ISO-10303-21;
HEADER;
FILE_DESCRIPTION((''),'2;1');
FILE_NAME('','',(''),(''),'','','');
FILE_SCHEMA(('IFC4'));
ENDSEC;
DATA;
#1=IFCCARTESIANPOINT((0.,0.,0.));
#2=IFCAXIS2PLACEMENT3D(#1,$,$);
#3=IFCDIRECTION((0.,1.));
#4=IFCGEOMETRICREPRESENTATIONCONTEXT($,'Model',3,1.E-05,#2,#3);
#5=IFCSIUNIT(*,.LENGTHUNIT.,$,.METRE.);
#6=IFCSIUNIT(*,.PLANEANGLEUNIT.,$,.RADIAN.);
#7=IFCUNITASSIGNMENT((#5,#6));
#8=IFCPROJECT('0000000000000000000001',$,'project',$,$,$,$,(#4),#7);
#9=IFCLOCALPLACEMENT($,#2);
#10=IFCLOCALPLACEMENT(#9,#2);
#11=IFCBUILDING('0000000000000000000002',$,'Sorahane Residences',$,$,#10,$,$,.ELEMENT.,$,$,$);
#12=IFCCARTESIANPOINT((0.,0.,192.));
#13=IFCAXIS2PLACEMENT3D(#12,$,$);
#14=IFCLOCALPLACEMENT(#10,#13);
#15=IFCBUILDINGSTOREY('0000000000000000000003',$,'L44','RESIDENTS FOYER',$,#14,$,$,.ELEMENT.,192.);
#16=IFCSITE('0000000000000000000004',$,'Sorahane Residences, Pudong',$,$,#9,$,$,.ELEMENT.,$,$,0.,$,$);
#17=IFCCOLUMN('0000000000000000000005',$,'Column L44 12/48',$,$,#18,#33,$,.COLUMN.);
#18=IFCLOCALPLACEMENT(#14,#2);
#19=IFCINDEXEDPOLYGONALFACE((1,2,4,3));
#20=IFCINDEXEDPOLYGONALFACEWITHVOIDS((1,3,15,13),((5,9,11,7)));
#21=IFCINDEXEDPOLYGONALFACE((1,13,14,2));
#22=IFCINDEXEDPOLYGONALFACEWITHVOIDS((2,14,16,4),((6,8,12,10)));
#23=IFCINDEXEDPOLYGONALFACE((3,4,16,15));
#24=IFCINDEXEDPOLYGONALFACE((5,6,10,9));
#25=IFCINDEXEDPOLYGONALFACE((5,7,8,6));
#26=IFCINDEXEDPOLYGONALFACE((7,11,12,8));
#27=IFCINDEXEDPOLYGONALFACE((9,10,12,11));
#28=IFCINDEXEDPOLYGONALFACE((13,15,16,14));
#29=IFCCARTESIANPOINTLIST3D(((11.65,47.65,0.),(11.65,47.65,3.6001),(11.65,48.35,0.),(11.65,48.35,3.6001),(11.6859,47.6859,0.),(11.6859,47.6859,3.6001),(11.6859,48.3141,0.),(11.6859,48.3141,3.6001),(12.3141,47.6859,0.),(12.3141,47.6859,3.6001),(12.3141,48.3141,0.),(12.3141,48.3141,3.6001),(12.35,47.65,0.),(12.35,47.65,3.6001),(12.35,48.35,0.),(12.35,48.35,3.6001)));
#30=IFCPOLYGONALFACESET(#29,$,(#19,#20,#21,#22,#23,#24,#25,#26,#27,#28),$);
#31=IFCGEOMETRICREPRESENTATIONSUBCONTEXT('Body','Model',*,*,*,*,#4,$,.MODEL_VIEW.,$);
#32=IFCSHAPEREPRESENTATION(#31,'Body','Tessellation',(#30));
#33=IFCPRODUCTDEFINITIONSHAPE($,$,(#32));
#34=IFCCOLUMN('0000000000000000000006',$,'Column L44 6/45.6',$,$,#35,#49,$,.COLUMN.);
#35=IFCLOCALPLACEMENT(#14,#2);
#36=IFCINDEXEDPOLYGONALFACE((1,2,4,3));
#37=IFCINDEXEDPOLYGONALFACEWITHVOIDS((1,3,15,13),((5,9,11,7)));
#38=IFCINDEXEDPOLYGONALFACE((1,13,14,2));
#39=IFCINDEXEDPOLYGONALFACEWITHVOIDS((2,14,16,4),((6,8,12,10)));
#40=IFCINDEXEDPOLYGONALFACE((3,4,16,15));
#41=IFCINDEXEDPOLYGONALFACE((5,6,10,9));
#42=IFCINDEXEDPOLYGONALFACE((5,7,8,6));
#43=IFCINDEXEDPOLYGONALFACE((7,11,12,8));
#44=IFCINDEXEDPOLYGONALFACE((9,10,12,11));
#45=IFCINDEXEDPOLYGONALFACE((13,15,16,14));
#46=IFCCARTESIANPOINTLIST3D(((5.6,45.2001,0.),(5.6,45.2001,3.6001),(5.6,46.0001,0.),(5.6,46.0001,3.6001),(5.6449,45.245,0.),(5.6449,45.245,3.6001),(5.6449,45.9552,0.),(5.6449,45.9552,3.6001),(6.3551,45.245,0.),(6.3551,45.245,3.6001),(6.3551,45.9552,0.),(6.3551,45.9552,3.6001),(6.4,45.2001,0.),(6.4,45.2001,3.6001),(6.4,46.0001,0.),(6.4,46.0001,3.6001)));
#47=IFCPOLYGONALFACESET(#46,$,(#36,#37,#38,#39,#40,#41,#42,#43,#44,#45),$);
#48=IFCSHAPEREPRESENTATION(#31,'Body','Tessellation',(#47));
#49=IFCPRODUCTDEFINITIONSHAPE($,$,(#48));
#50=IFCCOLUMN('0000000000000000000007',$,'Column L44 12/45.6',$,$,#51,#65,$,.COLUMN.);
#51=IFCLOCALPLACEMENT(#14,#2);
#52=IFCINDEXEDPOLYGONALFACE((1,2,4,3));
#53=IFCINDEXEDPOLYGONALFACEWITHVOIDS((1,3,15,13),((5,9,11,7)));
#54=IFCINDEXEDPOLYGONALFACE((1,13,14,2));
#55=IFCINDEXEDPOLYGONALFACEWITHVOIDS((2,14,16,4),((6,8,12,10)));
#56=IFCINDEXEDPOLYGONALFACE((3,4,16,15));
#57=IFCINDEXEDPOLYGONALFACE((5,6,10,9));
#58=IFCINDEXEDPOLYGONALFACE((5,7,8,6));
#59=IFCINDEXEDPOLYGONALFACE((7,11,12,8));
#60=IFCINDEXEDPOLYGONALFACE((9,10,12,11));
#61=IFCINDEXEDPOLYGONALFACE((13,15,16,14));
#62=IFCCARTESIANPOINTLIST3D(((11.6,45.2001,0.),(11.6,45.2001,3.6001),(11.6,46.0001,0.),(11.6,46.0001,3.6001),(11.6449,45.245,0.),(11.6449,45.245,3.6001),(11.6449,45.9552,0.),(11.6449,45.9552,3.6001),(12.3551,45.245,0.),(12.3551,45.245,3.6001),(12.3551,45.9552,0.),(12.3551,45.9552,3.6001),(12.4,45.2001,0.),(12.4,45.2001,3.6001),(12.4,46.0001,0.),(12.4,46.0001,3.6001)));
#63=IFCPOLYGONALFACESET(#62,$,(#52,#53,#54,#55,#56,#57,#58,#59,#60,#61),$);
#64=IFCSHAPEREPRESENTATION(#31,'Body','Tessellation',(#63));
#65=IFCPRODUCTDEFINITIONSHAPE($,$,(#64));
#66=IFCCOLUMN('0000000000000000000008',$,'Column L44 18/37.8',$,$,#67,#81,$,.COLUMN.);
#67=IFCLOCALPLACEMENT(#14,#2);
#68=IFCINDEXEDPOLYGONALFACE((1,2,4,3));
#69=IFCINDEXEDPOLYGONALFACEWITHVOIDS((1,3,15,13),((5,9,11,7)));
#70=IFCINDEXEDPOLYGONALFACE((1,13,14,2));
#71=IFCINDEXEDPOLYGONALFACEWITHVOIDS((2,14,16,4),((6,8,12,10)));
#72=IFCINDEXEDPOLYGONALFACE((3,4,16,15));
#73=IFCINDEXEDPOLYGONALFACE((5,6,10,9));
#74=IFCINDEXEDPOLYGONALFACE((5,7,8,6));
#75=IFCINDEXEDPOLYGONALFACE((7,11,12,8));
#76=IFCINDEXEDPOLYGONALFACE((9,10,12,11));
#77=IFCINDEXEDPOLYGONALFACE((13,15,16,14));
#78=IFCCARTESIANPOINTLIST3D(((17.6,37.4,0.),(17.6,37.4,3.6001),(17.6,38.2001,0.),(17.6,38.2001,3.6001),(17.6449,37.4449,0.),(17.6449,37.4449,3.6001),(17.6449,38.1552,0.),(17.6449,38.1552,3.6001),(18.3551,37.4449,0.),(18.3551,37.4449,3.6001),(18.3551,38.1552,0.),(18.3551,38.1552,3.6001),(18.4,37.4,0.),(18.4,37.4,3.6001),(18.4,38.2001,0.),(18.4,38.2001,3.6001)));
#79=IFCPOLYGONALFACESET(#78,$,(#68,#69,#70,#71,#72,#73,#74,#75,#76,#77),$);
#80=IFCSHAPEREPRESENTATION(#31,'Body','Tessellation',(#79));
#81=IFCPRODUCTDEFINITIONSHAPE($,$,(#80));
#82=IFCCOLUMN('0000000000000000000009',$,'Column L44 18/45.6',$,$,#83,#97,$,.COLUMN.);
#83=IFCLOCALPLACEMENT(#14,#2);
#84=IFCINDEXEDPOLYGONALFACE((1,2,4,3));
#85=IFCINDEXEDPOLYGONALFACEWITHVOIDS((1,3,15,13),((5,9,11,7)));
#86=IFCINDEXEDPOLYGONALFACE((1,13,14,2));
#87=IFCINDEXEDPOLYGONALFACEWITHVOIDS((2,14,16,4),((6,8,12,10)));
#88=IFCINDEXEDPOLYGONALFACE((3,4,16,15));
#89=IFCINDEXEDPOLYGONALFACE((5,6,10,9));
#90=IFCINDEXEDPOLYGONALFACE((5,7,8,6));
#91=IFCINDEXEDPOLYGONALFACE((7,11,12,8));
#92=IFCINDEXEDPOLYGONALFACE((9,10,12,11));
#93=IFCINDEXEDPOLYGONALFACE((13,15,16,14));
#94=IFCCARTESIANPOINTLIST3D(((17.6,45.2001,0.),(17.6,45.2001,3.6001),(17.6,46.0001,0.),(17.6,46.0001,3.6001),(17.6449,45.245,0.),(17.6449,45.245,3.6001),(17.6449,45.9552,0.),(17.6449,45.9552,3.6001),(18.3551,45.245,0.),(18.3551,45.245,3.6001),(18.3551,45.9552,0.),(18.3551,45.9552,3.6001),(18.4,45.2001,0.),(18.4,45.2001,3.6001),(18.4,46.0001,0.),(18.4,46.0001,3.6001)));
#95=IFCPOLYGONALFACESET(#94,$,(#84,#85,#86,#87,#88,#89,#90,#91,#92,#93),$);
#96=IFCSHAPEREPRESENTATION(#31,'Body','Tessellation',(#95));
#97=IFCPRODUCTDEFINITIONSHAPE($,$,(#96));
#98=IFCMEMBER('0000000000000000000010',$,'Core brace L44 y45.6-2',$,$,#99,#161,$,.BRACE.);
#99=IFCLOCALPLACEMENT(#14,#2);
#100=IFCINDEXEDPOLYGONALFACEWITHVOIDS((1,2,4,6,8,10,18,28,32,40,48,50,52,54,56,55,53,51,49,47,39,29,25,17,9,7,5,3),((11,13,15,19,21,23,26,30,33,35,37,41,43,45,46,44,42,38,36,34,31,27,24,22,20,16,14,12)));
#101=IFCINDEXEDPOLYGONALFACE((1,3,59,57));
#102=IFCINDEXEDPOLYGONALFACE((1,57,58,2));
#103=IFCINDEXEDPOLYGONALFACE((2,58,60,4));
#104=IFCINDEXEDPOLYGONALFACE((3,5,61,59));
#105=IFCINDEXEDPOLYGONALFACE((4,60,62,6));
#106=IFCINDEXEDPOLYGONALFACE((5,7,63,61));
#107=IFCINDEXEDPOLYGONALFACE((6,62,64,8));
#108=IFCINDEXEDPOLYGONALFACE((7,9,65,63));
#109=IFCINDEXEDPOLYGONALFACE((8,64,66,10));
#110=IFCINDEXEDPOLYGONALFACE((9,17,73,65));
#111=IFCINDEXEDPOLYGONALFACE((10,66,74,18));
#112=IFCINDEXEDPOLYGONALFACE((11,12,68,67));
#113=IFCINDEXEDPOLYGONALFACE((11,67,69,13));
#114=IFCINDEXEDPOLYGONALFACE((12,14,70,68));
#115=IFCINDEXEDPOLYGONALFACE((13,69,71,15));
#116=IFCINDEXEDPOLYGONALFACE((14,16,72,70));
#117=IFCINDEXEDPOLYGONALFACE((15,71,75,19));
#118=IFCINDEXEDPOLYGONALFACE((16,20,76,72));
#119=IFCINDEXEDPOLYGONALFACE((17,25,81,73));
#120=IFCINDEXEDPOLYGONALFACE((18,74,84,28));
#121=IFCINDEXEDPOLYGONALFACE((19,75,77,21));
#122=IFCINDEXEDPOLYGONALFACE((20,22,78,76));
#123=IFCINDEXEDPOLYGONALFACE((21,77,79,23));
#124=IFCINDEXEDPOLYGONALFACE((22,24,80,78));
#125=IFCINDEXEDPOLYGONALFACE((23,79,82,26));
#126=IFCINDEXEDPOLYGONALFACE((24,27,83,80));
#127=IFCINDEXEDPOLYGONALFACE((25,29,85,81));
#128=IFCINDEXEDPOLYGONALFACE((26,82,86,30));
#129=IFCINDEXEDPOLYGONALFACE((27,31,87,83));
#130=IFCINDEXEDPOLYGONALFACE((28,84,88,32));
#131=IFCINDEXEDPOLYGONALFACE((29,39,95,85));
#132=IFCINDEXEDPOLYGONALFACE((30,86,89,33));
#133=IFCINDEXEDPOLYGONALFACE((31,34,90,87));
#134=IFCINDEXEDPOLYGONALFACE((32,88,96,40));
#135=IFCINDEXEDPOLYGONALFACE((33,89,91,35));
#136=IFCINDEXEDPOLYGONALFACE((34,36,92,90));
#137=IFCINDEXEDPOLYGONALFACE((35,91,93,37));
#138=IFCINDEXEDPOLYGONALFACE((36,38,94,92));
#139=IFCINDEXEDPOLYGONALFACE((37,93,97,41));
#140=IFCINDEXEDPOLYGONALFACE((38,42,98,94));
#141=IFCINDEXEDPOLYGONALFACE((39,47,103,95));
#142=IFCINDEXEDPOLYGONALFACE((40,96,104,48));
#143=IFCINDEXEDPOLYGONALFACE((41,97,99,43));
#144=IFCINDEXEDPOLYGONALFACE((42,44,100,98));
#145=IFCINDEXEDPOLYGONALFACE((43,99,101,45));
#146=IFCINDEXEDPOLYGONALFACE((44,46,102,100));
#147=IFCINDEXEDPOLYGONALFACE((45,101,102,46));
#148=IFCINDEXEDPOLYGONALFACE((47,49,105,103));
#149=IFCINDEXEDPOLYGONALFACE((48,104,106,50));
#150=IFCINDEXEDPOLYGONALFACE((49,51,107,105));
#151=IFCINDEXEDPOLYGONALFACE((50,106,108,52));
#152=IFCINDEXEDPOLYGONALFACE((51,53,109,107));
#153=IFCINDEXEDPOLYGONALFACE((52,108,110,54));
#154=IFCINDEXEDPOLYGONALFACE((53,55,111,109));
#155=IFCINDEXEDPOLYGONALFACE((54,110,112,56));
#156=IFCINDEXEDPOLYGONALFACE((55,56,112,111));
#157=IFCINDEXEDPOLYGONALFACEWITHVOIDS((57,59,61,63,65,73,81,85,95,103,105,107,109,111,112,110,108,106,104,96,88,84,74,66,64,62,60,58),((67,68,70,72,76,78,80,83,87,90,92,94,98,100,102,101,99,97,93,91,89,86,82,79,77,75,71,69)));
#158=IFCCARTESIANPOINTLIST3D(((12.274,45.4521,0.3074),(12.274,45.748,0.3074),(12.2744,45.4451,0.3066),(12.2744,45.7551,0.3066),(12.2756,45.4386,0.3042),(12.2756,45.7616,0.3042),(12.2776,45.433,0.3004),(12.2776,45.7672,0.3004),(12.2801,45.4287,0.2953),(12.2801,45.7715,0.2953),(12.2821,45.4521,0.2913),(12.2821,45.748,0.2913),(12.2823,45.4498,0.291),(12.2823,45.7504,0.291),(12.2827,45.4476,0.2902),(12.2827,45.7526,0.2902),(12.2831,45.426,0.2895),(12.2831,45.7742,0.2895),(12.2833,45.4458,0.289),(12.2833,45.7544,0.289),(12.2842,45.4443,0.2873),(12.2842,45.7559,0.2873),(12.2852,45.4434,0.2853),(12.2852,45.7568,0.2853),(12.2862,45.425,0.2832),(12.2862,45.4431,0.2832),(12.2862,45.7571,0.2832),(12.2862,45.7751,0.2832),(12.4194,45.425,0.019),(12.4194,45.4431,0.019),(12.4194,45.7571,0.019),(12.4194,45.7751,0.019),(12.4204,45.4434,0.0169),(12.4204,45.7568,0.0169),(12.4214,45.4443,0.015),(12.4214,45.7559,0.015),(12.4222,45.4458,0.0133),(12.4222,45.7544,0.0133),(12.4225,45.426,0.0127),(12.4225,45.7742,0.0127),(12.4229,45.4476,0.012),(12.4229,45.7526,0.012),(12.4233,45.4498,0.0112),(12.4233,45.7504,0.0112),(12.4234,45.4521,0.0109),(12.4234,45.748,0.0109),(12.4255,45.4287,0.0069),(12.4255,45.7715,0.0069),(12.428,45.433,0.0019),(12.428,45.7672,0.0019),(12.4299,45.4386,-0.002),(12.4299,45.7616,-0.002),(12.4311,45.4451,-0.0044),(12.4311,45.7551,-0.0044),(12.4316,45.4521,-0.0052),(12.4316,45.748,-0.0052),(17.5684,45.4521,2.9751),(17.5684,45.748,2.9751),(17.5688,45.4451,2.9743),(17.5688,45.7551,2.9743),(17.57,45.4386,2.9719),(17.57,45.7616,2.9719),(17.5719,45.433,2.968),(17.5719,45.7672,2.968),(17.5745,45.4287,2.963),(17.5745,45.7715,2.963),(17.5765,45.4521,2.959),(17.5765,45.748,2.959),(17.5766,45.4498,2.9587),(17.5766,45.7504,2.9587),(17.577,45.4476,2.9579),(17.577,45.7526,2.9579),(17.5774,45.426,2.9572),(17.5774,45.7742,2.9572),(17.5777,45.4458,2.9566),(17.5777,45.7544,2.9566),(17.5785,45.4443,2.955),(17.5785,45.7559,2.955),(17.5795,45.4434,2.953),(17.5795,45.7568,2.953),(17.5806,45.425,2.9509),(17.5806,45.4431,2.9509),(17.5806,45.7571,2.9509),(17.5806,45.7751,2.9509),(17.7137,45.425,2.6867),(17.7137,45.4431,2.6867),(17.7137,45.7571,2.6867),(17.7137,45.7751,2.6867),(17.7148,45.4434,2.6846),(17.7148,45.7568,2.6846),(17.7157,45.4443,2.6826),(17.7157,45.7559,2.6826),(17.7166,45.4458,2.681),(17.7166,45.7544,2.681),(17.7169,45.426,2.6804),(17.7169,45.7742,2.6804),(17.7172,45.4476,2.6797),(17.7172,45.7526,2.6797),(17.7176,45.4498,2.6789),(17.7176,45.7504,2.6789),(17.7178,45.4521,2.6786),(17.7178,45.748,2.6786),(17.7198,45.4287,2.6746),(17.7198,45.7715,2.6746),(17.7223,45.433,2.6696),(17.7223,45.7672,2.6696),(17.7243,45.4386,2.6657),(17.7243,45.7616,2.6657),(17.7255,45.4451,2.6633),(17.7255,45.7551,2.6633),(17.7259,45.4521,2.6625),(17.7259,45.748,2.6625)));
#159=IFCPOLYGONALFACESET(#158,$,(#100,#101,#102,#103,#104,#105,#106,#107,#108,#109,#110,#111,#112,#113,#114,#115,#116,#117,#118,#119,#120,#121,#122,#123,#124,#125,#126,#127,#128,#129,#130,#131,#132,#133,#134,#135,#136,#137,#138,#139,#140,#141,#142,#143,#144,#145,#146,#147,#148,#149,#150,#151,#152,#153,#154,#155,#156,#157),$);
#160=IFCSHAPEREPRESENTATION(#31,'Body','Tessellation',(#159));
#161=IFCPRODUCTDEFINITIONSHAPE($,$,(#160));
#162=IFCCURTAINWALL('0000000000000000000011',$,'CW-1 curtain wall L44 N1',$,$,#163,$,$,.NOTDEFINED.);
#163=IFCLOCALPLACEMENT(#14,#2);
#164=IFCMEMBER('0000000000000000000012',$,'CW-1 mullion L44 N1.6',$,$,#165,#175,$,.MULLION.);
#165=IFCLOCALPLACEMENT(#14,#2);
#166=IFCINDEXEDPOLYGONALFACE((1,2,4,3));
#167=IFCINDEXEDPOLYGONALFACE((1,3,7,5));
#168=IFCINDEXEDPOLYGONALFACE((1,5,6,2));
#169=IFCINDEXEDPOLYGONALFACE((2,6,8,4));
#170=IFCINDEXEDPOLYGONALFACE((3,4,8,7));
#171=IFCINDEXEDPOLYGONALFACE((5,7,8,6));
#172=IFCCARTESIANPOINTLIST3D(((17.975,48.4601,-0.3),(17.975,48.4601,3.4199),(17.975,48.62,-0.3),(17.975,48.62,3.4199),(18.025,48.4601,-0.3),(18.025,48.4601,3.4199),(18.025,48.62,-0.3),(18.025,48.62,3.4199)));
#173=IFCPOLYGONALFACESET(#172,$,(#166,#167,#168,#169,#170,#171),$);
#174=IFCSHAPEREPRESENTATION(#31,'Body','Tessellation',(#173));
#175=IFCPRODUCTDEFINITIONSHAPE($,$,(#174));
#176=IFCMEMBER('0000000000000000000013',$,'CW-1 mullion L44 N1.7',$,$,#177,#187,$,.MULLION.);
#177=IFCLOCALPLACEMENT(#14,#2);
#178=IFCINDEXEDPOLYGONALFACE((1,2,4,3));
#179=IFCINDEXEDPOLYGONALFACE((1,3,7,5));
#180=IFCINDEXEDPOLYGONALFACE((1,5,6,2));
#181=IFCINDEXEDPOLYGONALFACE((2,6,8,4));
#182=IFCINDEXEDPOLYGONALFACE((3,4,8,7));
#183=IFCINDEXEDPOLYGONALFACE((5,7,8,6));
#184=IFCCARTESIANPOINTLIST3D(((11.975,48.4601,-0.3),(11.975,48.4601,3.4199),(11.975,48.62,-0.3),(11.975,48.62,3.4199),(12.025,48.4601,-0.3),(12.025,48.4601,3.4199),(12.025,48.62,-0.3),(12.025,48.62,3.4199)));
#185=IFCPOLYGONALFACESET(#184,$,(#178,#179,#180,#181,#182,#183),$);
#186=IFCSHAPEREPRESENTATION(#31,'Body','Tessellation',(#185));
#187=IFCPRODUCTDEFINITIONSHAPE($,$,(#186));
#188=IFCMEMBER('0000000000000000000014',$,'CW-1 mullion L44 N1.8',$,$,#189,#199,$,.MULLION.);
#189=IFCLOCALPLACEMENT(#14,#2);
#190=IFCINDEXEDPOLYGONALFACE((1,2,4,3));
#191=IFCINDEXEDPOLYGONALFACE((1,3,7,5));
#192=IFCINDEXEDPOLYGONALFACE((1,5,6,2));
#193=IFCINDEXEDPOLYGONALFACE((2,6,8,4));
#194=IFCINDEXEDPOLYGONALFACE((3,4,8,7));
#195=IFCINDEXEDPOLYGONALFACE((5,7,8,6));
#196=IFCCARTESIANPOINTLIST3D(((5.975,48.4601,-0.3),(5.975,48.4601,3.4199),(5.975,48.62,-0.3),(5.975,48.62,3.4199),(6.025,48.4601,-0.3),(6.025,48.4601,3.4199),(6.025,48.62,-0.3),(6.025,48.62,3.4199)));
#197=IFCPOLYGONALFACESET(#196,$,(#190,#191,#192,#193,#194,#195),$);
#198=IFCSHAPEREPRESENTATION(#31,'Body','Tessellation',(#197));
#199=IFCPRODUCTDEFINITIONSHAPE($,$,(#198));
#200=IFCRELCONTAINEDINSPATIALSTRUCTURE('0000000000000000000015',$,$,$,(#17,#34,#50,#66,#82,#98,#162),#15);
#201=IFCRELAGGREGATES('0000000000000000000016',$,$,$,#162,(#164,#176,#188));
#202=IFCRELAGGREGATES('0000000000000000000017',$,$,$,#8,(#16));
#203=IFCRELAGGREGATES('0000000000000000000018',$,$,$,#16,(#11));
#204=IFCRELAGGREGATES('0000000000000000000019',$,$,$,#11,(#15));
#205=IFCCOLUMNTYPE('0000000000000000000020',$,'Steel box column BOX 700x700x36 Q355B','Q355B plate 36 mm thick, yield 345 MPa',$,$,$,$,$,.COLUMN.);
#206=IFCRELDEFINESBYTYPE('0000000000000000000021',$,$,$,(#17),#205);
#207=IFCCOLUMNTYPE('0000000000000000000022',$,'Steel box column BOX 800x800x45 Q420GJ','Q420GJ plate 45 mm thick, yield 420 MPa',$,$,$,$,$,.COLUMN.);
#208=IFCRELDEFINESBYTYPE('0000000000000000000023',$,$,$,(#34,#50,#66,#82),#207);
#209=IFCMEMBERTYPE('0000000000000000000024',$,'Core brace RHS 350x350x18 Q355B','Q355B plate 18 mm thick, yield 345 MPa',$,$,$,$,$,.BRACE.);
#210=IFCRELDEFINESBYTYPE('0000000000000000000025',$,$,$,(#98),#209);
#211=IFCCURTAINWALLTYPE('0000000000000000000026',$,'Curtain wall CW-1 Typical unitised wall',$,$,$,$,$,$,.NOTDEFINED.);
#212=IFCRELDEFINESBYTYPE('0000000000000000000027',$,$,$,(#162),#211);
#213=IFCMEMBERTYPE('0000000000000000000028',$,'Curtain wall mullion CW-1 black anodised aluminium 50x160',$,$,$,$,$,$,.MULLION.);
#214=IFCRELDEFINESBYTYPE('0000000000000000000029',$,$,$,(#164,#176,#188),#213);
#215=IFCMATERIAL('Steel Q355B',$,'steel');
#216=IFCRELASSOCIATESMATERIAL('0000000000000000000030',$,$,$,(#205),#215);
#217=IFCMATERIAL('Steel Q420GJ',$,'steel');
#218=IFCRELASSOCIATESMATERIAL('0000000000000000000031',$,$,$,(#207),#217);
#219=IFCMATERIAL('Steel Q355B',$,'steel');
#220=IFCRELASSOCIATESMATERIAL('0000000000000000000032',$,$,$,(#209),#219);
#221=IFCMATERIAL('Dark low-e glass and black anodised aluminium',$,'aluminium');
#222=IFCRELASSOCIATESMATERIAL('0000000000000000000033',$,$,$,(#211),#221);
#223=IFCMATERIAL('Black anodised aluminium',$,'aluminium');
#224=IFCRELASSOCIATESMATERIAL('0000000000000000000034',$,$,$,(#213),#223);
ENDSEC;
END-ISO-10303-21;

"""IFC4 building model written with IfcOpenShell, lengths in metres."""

from ifc_helpers import new_model, si_unit, direction, frame, origin, origin_2d, place, context, subcontext, project, spatial, rectangle, hollow_rectangle, extrude, material, material_profile, profile_set, type_object, element, aggregate, save


model = new_model("IFC4")

# Units and contexts
model_context = context("Model", 3, precision=1e-05, world=origin(), true_north=direction((0.0, 1.0)))
body_context = subcontext(model_context, "Body", "Model", "MODEL_VIEW")
ifc_project = project(units=[si_unit("LENGTHUNIT", "METRE"), si_unit("PLANEANGLEUNIT", "RADIAN")], contexts=[model_context])

# Site, building, storey
site_placement = place(None, origin())
site = spatial("IfcSite", under=ifc_project, at=site_placement, Name="Sorahane Residences, Pudong", CompositionType="ELEMENT", RefElevation=0.0)
building_placement = place(site_placement, origin())
building = spatial("IfcBuilding", under=site, at=building_placement, Name="Sorahane Residences", CompositionType="ELEMENT")
storey_placement = place(building_placement, frame((0.0, 0.0, 192.0)))
storey = spatial("IfcBuildingStorey", under=building, at=storey_placement, Name="L44", Description="RESIDENTS FOYER", CompositionType="ELEMENT", Elevation=192.0)

# Columns
ifc_material_1 = material(Name="Steel Q355B", Category="steel")
ifc_material_profile_1 = material_profile(ifc_material_1, hollow_rectangle(XDim=0.7, YDim=0.7, WallThickness=0.0359, at=origin_2d()), Name="BOX 700x700x36")
ifc_profile_set_1 = profile_set([ifc_material_profile_1], Name="Steel Q355B")
column_type_1 = type_object("IfcColumnType", Name="Steel box column BOX 700x700x36 Q355B", Description="Q355B plate 36 mm thick, yield 345 MPa", PredefinedType="COLUMN", material=ifc_profile_set_1)
column_placement = place(storey_placement, frame((12.0, 48.0, 0.0), z_axis=(0.0, 0.0, 1.0), x_axis=(1.0, 0.0, 0.0)))
element("IfcColumn", 1, at=column_placement, inside=storey, type_object=column_type_1, Name="Column L44 12/48", PredefinedType="COLUMN", context=body_context, shape_type="SweptSolid", body=[
    extrude(hollow_rectangle(XDim=0.7, YDim=0.7, WallThickness=0.0359, at=origin_2d()), origin(), (0.0, 0.0, 1.0), 3.6001),
])
ifc_material_2 = material(Name="Steel Q420GJ", Category="steel")
ifc_material_profile_2 = material_profile(ifc_material_2, hollow_rectangle(XDim=0.8, YDim=0.8, WallThickness=0.0449, at=origin_2d()), Name="BOX 800x800x45")
ifc_profile_set_2 = profile_set([ifc_material_profile_2], Name="Steel Q420GJ")
column_type_2 = type_object("IfcColumnType", Name="Steel box column BOX 800x800x45 Q420GJ", Description="Q420GJ plate 45 mm thick, yield 420 MPa", PredefinedType="COLUMN", material=ifc_profile_set_2)
for number, where, z_axis, x_axis, name in (
    (2, (6.0, 45.6001, 0.0), (0.0, 0.0, 1.0), (1.0, 0.0, 0.0), "Column L44 6/45.6"),
    (3, (12.0, 45.6001, 0.0), (0.0, 0.0, 1.0), (1.0, 0.0, 0.0), "Column L44 12/45.6"),
    (4, (18.0, 37.8, 0.0), (0.0, 0.0, 1.0), (1.0, 0.0, 0.0), "Column L44 18/37.8"),
    (5, (18.0, 45.6001, 0.0), (0.0, 0.0, 1.0), (1.0, 0.0, 0.0), "Column L44 18/45.6"),
):
    element("IfcColumn", number, at=place(storey_placement, frame(where, z_axis=z_axis, x_axis=x_axis)), inside=storey, type_object=column_type_2, Name=name, PredefinedType="COLUMN", context=body_context, shape_type="SweptSolid", body=[
        extrude(hollow_rectangle(XDim=0.8, YDim=0.8, WallThickness=0.0449, at=origin_2d()), origin(), (0.0, 0.0, 1.0), 3.6001),
    ])

# Member
ifc_material_3 = material(Name="Steel Q355B", Category="steel")
ifc_material_profile_3 = material_profile(ifc_material_3, hollow_rectangle(XDim=0.3501, YDim=0.3501, WallThickness=0.0181, InnerFilletRadius=0.009, OuterFilletRadius=0.0271, at=origin_2d()), Name="RHS 350x350x18")
ifc_profile_set_3 = profile_set([ifc_material_profile_3], Name="Steel Q355B")
member_type_1 = type_object("IfcMemberType", Name="Core brace RHS 350x350x18 Q355B", Description="Q355B plate 18 mm thick, yield 345 MPa", PredefinedType="BRACE", material=ifc_profile_set_3)
member_1_placement = place(storey_placement, frame((12.3528, 45.6001, 0.1511), z_axis=(0.893039, 0.0, 0.449979), x_axis=(0.0, 1.0, 0.0)))
element("IfcMember", 6, at=member_1_placement, inside=storey, type_object=member_type_1, Name="Core brace L44 y45.6-2", PredefinedType="BRACE", context=body_context, shape_type="SweptSolid", body=[
    extrude(hollow_rectangle(XDim=0.3501, YDim=0.3501, WallThickness=0.0181, InnerFilletRadius=0.009, OuterFilletRadius=0.0271, at=origin_2d()), origin(), (0.0, 0.0, 1.0), 5.9285),
])

# Curtain wall, members
ifc_material_4 = material(Name="Dark low-e glass and black anodised aluminium", Category="aluminium")
curtain_wall_type = type_object("IfcCurtainWallType", Name="Curtain wall CW-1 Typical unitised wall", PredefinedType="NOTDEFINED", material=ifc_material_4)
curtain_wall_placement = place(storey_placement, origin())
curtain_wall = element("IfcCurtainWall", 7, at=curtain_wall_placement, inside=storey, type_object=curtain_wall_type, Name="CW-1 curtain wall L44 N1", PredefinedType="NOTDEFINED")
ifc_material_5 = material(Name="Black anodised aluminium", Category="aluminium")
ifc_material_profile_4 = material_profile(ifc_material_5, rectangle(XDim=0.1599, YDim=0.05, at=origin_2d()), Name="Curtain wall mullion CW-1 black anodised aluminium 50x160")
ifc_profile_set_4 = profile_set([ifc_material_profile_4], Name="Black anodised aluminium")
member_type_2 = type_object("IfcMemberType", Name="Curtain wall mullion CW-1 black anodised aluminium 50x160", PredefinedType="MULLION", material=ifc_profile_set_4)
member_2_placement = place(storey_placement, frame((18.0, 48.54, -0.3), z_axis=(0.0, 0.0, 1.0), x_axis=(0.0, 1.0, 0.0)))
member_2 = element("IfcMember", 8, at=member_2_placement, type_object=member_type_2, Name="CW-1 mullion L44 N1.6", PredefinedType="MULLION", context=body_context, shape_type="SweptSolid", body=[
    extrude(rectangle(XDim=0.1599, YDim=0.05, at=origin_2d()), origin(), (0.0, 0.0, 1.0), 3.72),
])
member_3_placement = place(storey_placement, frame((12.0, 48.54, -0.3), z_axis=(0.0, 0.0, 1.0), x_axis=(0.0, 1.0, 0.0)))
member_3 = element("IfcMember", 9, at=member_3_placement, type_object=member_type_2, Name="CW-1 mullion L44 N1.7", PredefinedType="MULLION", context=body_context, shape_type="SweptSolid", body=[
    extrude(rectangle(XDim=0.1599, YDim=0.05, at=origin_2d()), origin(), (0.0, 0.0, 1.0), 3.72),
])
member_4_placement = place(storey_placement, frame((6.0, 48.54, -0.3), z_axis=(0.0, 0.0, 1.0), x_axis=(0.0, 1.0, 0.0)))
member_4 = element("IfcMember", 10, at=member_4_placement, type_object=member_type_2, Name="CW-1 mullion L44 N1.8", PredefinedType="MULLION", context=body_context, shape_type="SweptSolid", body=[
    extrude(rectangle(XDim=0.1599, YDim=0.05, at=origin_2d()), origin(), (0.0, 0.0, 1.0), 3.72),
])

aggregate(curtain_wall, [member_2, member_3, member_4])

save(model, "model.ifc")
